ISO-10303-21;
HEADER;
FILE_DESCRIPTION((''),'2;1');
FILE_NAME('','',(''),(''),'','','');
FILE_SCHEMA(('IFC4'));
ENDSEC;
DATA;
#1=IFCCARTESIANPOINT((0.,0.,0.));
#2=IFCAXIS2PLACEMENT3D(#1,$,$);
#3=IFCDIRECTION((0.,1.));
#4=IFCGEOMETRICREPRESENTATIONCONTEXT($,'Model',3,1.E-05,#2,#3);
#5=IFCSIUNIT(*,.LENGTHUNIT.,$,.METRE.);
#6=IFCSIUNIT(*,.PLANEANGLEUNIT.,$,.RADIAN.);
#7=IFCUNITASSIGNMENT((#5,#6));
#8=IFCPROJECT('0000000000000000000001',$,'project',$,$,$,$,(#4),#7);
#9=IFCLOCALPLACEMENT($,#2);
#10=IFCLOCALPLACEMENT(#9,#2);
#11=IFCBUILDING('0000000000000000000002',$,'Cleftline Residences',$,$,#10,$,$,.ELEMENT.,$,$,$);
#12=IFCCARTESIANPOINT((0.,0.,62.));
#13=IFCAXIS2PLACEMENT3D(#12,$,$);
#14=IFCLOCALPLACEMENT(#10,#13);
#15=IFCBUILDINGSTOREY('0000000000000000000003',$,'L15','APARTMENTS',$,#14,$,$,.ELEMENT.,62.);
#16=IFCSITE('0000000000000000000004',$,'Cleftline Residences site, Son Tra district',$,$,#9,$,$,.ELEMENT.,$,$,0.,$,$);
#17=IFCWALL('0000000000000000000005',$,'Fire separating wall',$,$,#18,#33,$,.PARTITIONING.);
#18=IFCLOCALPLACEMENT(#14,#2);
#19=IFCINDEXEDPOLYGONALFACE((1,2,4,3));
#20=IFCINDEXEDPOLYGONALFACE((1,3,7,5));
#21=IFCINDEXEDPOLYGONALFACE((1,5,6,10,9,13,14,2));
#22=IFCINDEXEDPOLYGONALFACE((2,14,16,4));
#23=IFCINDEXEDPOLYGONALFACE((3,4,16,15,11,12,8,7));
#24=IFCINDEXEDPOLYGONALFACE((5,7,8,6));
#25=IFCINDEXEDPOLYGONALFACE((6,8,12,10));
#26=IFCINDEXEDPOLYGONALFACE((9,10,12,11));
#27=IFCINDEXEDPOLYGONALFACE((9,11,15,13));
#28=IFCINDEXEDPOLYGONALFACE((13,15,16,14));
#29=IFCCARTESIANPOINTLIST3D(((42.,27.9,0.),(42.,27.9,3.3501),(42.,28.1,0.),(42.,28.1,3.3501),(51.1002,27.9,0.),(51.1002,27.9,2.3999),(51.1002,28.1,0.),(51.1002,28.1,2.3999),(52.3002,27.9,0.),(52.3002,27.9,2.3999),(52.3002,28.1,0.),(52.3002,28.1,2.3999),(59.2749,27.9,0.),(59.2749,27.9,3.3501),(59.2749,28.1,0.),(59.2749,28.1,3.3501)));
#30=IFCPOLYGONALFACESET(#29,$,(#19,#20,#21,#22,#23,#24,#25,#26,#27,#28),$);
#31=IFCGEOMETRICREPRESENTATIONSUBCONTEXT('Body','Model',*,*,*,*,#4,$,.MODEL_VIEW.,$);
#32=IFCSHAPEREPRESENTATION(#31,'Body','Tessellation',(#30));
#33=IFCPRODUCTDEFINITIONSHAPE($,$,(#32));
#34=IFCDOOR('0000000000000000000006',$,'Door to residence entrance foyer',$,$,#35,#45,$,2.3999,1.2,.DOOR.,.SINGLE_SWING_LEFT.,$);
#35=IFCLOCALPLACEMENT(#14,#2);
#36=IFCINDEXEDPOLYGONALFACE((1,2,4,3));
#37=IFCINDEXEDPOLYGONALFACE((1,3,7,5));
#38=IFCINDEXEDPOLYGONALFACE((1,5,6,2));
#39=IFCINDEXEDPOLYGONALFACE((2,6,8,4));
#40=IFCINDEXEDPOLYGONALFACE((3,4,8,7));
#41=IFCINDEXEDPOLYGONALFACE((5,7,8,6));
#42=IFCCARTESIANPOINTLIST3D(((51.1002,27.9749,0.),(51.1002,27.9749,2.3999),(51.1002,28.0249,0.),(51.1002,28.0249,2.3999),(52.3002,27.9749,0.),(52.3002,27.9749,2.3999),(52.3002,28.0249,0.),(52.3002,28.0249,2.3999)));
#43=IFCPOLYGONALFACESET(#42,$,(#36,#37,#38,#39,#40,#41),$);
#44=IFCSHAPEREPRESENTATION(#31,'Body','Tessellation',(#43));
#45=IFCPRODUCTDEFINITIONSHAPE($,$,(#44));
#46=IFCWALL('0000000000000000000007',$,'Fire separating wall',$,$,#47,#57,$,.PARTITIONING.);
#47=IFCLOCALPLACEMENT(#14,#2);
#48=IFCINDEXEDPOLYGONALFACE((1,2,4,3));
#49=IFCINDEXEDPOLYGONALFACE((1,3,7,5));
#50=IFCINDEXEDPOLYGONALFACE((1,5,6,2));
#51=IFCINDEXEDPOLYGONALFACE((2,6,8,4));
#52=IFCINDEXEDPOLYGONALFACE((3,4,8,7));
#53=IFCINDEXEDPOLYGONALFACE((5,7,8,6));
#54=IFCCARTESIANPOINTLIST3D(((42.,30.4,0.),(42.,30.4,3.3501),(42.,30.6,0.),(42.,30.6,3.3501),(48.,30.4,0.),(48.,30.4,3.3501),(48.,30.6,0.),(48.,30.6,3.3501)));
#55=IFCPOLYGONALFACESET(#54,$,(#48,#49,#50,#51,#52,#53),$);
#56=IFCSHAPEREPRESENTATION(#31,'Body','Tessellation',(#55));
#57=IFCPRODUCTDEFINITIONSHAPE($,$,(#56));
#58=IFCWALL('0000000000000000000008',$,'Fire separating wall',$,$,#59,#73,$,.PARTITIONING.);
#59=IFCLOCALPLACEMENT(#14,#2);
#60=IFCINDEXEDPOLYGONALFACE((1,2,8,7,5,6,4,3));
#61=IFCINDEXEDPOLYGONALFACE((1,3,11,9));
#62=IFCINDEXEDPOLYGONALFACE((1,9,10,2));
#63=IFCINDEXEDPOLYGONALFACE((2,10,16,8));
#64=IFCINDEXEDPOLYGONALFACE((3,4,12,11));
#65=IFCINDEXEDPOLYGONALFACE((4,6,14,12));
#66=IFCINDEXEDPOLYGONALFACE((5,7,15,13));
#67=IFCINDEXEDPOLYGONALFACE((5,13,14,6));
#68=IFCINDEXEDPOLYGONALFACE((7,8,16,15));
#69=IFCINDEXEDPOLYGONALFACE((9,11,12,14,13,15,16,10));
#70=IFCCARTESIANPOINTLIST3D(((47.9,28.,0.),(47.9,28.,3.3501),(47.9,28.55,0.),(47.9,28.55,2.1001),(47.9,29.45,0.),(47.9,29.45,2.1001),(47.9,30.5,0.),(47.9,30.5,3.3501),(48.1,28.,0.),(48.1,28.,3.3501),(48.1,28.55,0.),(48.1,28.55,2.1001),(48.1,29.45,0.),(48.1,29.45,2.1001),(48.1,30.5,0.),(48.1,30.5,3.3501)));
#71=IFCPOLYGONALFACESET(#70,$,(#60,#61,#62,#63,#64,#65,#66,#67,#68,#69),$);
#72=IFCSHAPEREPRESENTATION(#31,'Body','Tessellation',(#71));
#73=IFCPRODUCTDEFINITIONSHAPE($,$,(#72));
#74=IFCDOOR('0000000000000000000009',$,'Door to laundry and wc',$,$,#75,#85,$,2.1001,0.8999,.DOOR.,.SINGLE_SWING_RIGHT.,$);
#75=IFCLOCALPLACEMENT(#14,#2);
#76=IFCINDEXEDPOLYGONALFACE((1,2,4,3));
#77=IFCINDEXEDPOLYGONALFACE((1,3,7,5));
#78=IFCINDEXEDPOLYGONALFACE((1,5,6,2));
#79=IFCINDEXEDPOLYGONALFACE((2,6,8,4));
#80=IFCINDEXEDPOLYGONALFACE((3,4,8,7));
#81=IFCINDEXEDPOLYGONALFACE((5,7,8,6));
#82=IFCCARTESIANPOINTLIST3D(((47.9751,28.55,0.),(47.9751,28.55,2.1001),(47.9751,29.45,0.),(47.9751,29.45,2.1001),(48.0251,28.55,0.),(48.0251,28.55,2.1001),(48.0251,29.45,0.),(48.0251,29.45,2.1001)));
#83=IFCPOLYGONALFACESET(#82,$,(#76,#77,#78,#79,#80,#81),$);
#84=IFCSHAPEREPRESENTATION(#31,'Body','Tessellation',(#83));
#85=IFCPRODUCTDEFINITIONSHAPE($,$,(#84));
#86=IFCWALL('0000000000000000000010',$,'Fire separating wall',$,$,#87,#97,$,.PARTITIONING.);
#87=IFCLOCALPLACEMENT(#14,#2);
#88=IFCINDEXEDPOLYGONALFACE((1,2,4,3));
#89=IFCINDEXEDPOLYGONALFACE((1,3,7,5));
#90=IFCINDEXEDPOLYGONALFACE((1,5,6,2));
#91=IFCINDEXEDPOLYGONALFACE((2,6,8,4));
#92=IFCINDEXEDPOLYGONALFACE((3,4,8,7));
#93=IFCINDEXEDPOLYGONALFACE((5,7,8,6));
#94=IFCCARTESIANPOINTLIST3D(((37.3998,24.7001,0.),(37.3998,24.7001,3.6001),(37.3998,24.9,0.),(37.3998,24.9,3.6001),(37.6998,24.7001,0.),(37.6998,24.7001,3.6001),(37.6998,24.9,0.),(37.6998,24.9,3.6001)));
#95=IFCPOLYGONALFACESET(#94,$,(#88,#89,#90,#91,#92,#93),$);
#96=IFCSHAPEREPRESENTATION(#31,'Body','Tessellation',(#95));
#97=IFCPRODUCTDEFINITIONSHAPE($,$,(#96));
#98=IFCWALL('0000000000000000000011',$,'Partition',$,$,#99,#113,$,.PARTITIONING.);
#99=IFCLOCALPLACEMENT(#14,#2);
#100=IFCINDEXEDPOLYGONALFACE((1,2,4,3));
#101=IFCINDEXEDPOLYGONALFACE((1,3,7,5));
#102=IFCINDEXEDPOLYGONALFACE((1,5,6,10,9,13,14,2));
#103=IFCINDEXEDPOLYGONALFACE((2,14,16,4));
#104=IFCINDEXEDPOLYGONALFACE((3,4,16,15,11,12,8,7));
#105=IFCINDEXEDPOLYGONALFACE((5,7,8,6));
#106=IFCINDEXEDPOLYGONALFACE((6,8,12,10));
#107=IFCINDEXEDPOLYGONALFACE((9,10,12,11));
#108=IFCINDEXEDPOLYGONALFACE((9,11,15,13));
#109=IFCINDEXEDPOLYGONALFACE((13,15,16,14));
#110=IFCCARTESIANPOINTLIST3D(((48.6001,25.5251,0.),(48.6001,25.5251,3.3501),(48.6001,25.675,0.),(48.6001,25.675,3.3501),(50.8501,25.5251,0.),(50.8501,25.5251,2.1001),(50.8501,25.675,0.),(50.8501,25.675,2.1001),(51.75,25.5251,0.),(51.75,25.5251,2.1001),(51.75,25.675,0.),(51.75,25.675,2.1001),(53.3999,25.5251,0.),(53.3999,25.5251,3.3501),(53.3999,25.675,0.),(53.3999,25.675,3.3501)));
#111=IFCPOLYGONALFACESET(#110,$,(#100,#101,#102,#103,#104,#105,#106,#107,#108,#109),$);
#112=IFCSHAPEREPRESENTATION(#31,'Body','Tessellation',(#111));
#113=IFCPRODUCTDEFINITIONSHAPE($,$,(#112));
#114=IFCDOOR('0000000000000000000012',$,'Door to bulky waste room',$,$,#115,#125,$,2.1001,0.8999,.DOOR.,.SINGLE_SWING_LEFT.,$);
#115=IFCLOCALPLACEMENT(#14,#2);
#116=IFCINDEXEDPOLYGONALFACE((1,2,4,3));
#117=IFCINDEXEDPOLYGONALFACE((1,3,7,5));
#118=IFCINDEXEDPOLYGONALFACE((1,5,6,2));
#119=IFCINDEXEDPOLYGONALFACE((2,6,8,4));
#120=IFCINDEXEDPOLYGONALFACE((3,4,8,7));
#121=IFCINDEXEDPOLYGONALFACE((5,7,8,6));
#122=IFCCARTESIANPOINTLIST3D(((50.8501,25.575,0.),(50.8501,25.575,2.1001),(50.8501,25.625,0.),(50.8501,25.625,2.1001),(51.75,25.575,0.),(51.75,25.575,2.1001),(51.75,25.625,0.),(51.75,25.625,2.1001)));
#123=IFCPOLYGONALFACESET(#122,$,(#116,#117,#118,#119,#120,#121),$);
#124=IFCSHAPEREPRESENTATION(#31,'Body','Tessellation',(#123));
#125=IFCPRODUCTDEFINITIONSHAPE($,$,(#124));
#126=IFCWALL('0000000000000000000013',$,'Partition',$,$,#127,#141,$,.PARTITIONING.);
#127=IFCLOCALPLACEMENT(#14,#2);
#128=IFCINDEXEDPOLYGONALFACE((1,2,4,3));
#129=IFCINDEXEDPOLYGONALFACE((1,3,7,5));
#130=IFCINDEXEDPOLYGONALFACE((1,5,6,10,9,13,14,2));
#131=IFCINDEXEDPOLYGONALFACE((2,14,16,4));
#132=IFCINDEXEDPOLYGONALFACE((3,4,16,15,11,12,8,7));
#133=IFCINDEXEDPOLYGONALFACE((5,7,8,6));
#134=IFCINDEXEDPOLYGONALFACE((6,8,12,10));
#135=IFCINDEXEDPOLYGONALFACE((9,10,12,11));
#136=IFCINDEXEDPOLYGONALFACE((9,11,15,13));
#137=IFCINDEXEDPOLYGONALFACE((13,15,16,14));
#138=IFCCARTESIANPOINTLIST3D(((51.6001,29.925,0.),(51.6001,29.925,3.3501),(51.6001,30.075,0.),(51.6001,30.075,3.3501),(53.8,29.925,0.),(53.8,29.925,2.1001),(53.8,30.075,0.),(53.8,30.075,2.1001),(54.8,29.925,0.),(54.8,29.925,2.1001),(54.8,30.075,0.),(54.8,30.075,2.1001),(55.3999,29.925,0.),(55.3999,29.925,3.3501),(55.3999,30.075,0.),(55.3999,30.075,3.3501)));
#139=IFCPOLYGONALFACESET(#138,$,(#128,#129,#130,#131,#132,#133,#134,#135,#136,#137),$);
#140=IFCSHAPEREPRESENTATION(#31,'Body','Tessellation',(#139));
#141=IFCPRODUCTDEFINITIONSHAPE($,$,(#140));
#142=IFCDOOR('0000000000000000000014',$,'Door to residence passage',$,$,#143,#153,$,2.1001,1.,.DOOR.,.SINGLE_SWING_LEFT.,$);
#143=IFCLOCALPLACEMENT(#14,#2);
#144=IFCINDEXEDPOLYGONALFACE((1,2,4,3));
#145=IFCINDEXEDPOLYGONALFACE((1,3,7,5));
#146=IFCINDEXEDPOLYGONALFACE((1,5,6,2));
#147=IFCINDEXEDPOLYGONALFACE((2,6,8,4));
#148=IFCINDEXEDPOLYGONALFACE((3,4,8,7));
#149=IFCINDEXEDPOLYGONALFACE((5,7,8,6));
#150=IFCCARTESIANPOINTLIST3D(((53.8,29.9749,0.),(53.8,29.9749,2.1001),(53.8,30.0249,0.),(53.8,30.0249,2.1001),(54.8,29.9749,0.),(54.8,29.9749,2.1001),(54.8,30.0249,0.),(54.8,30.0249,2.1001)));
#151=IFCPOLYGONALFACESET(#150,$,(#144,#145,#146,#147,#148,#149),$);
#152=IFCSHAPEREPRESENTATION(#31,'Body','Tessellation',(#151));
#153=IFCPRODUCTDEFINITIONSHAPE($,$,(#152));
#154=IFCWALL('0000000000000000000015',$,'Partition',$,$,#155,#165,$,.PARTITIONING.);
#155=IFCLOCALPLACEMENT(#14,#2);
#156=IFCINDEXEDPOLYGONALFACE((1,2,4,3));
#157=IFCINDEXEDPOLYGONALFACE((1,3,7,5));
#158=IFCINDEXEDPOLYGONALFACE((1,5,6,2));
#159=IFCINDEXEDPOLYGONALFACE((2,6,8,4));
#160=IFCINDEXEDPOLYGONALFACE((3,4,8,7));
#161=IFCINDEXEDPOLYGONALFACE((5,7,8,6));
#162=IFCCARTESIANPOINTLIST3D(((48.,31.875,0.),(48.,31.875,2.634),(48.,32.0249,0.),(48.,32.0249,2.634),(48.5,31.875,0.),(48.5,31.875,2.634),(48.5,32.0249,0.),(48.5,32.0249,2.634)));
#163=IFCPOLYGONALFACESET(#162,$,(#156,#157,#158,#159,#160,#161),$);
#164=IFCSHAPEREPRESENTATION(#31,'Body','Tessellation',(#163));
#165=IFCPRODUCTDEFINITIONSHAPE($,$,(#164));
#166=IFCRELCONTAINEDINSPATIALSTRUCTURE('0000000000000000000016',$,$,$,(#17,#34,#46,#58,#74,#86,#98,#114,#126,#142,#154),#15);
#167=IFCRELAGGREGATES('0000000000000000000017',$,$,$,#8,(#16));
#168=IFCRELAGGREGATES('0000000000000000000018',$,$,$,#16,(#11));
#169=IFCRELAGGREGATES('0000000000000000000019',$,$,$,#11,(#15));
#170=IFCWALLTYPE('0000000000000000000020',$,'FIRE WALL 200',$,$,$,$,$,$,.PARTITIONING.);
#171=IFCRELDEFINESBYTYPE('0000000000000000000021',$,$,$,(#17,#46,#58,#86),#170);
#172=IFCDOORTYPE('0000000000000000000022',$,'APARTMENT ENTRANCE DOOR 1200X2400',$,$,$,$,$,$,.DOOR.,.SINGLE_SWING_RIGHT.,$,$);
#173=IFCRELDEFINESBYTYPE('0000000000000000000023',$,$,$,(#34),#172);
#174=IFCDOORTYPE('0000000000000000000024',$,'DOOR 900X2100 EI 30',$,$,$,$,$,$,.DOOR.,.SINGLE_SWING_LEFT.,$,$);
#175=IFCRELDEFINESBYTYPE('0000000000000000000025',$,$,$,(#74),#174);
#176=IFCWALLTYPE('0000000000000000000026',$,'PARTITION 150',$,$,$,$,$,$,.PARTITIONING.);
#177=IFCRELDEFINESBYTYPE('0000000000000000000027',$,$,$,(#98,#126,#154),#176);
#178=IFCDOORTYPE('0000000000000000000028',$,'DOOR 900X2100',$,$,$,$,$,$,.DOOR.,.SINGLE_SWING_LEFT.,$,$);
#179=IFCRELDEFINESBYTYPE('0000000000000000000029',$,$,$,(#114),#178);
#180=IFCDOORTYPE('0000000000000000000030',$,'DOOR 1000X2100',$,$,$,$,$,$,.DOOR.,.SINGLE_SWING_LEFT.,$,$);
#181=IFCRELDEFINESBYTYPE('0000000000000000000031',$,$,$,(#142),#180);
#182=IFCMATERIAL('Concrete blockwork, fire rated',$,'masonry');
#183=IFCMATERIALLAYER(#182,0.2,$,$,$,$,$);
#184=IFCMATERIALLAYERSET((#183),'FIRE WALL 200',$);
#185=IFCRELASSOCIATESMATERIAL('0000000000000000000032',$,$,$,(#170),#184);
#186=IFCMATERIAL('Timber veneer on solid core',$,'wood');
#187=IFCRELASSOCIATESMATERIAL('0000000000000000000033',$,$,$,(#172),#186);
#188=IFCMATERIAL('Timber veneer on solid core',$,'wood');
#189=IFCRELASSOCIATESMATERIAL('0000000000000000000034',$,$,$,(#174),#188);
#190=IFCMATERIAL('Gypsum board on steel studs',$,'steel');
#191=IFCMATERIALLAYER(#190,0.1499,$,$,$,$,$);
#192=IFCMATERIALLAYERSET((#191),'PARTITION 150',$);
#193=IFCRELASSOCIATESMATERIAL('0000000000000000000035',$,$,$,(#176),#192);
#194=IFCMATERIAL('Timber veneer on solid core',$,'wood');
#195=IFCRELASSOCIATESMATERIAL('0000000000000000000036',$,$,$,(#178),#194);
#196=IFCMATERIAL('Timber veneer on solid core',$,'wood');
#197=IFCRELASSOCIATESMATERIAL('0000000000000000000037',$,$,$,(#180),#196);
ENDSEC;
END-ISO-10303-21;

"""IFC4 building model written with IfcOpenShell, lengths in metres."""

from ifc_helpers import new_model, si_unit, direction, frame, frame_2d, origin, place, context, subcontext, project, spatial, rectangle, extrude, material, layer, layer_set, type_object, element, fill, save


model = new_model("IFC4")

# Units and contexts
model_context = context("Model", 3, precision=1e-05, world=origin(), true_north=direction((0.0, 1.0)))
body_context = subcontext(model_context, "Body", "Model", "MODEL_VIEW")
ifc_project = project(units=[si_unit("LENGTHUNIT", "METRE"), si_unit("PLANEANGLEUNIT", "RADIAN")], contexts=[model_context])

# Site, building, storey
site_placement = place(None, origin())
site = spatial("IfcSite", under=ifc_project, at=site_placement, Name="Cleftline Residences site, Son Tra district", CompositionType="ELEMENT", RefElevation=0.0)
building_placement = place(site_placement, origin())
building = spatial("IfcBuilding", under=site, at=building_placement, Name="Cleftline Residences", CompositionType="ELEMENT")
storey_placement = place(building_placement, frame((0.0, 0.0, 62.0)))
storey = spatial("IfcBuildingStorey", under=building, at=storey_placement, Name="L15", Description="APARTMENTS", CompositionType="ELEMENT", Elevation=62.0)

# Wall, opening, door
ifc_material_1 = material(Name="Concrete blockwork, fire rated", Category="masonry")
ifc_layer_1 = layer(ifc_material_1, 0.2)
ifc_layer_set_1 = layer_set([ifc_layer_1], Name="FIRE WALL 200")
wall_type_1 = type_object("IfcWallType", Name="FIRE WALL 200", PredefinedType="PARTITIONING", material=ifc_layer_set_1)
wall_1_placement = place(storey_placement, frame((42.0, 28.0, 0.0), z_axis=(0.0, 0.0, 1.0), x_axis=(1.0, 0.0, 0.0)))
wall_1 = element("IfcWall", 1, at=wall_1_placement, inside=storey, type_object=wall_type_1, Name="Fire separating wall", PredefinedType="PARTITIONING", context=body_context, shape_type="SweptSolid", body=[
    extrude(rectangle(XDim=17.2749, YDim=0.2, at=frame_2d((8.6375, 0.0))), origin(), (0.0, 0.0, 1.0), 3.3501),
])
opening_1_placement = place(wall_1_placement, frame((9.1001, 0.0, 0.0)))
opening_1 = element("IfcOpeningElement", 2, at=opening_1_placement, cuts=wall_1, PredefinedType="OPENING", context=body_context, shape_type="SweptSolid", body=[
    extrude(rectangle(XDim=1.2, YDim=2.3999, at=frame_2d((0.6001, 1.2))), frame((0.0, 0.1099, 0.0), z_axis=(0.0, -1.0, 0.0), x_axis=(1.0, 0.0, 0.0)), (0.0, 0.0, 1.0), 0.22),
])
ifc_material_2 = material(Name="Timber veneer on solid core", Category="wood")
door_type_1 = type_object("IfcDoorType", Name="APARTMENT ENTRANCE DOOR 1200X2400", OperationType="SINGLE_SWING_RIGHT", PredefinedType="DOOR", material=ifc_material_2)
door_1_placement = place(opening_1_placement, origin())
door_1 = element("IfcDoor", 3, at=door_1_placement, inside=storey, type_object=door_type_1, Name="Door to residence entrance foyer", OperationType="SINGLE_SWING_LEFT", OverallHeight=2.3999, OverallWidth=1.2, PredefinedType="DOOR", context=body_context, shape_type="SweptSolid", body=[
    extrude(rectangle(XDim=1.2, YDim=2.3999, at=frame_2d((0.6001, 1.2))), frame((0.0, 0.0249, 0.0), z_axis=(0.0, -1.0, 0.0), x_axis=(1.0, 0.0, 0.0)), (0.0, 0.0, 1.0), 0.05),
])
fill(opening_1, door_1)

# Wall
wall_2_placement = place(storey_placement, frame((42.0, 30.5, 0.0), z_axis=(0.0, 0.0, 1.0), x_axis=(1.0, 0.0, 0.0)))
element("IfcWall", 4, at=wall_2_placement, inside=storey, type_object=wall_type_1, Name="Fire separating wall", PredefinedType="PARTITIONING", context=body_context, shape_type="SweptSolid", body=[
    extrude(rectangle(XDim=6.0, YDim=0.2, at=frame_2d((3.0, 0.0))), origin(), (0.0, 0.0, 1.0), 3.3501),
])

# Wall, opening, door
wall_3_placement = place(storey_placement, frame((48.0, 28.0, 0.0), z_axis=(0.0, 0.0, 1.0), x_axis=(0.0, 1.0, 0.0)))
wall_3 = element("IfcWall", 5, at=wall_3_placement, inside=storey, type_object=wall_type_1, Name="Fire separating wall", PredefinedType="PARTITIONING", context=body_context, shape_type="SweptSolid", body=[
    extrude(rectangle(XDim=2.5, YDim=0.2, at=frame_2d((1.25, 0.0))), origin(), (0.0, 0.0, 1.0), 3.3501),
])
opening_2_placement = place(wall_3_placement, frame((0.55, 0.0, 0.0)))
opening_2 = element("IfcOpeningElement", 6, at=opening_2_placement, cuts=wall_3, PredefinedType="OPENING", context=body_context, shape_type="SweptSolid", body=[
    extrude(rectangle(XDim=0.8999, YDim=2.1001, at=frame_2d((0.45, 1.05))), frame((0.0, 0.1099, 0.0), z_axis=(0.0, -1.0, 0.0), x_axis=(1.0, 0.0, 0.0)), (0.0, 0.0, 1.0), 0.22),
])
ifc_material_3 = material(Name="Timber veneer on solid core", Category="wood")
door_type_2 = type_object("IfcDoorType", Name="DOOR 900X2100 EI 30", OperationType="SINGLE_SWING_LEFT", PredefinedType="DOOR", material=ifc_material_3)
door_2_placement = place(opening_2_placement, origin())
door_2 = element("IfcDoor", 7, at=door_2_placement, inside=storey, type_object=door_type_2, Name="Door to laundry and wc", OperationType="SINGLE_SWING_RIGHT", OverallHeight=2.1001, OverallWidth=0.8999, PredefinedType="DOOR", context=body_context, shape_type="SweptSolid", body=[
    extrude(rectangle(XDim=0.8999, YDim=2.1001, at=frame_2d((0.45, 1.05))), frame((0.0, 0.0249, 0.0), z_axis=(0.0, -1.0, 0.0), x_axis=(1.0, 0.0, 0.0)), (0.0, 0.0, 1.0), 0.05),
])
fill(opening_2, door_2)

# Wall
wall_4_placement = place(storey_placement, frame((37.3999, 24.8, 0.0), z_axis=(0.0, 0.0, 1.0), x_axis=(1.0, 0.0, 0.0)))
element("IfcWall", 8, at=wall_4_placement, inside=storey, type_object=wall_type_1, Name="Fire separating wall", PredefinedType="PARTITIONING", context=body_context, shape_type="SweptSolid", body=[
    extrude(rectangle(XDim=0.3, YDim=0.2, at=frame_2d((0.1499, 0.0))), origin(), (0.0, 0.0, 1.0), 3.6001),
])

# Walls, openings, doors
ifc_material_4 = material(Name="Gypsum board on steel studs", Category="steel")
ifc_layer_2 = layer(ifc_material_4, 0.1499)
ifc_layer_set_2 = layer_set([ifc_layer_2], Name="PARTITION 150")
wall_type_2 = type_object("IfcWallType", Name="PARTITION 150", PredefinedType="PARTITIONING", material=ifc_layer_set_2)
wall_5_placement = place(storey_placement, frame((48.6001, 25.6001, 0.0), z_axis=(0.0, 0.0, 1.0), x_axis=(1.0, 0.0, 0.0)))
wall_5 = element("IfcWall", 9, at=wall_5_placement, inside=storey, type_object=wall_type_2, Name="Partition", PredefinedType="PARTITIONING", context=body_context, shape_type="SweptSolid", body=[
    extrude(rectangle(XDim=4.7998, YDim=0.1499, at=frame_2d((2.3999, 0.0))), origin(), (0.0, 0.0, 1.0), 3.3501),
])
opening_3_placement = place(wall_5_placement, frame((2.25, 0.0, 0.0)))
opening_3 = element("IfcOpeningElement", 10, at=opening_3_placement, cuts=wall_5, PredefinedType="OPENING", context=body_context, shape_type="SweptSolid", body=[
    extrude(rectangle(XDim=0.8999, YDim=2.1001, at=frame_2d((0.45, 1.05))), frame((0.0, 0.085, 0.0), z_axis=(0.0, -1.0, 0.0), x_axis=(1.0, 0.0, 0.0)), (0.0, 0.0, 1.0), 0.1699),
])
ifc_material_5 = material(Name="Timber veneer on solid core", Category="wood")
door_type_3 = type_object("IfcDoorType", Name="DOOR 900X2100", OperationType="SINGLE_SWING_LEFT", PredefinedType="DOOR", material=ifc_material_5)
door_3_placement = place(opening_3_placement, origin())
door_3 = element("IfcDoor", 11, at=door_3_placement, inside=storey, type_object=door_type_3, Name="Door to bulky waste room", OperationType="SINGLE_SWING_LEFT", OverallHeight=2.1001, OverallWidth=0.8999, PredefinedType="DOOR", context=body_context, shape_type="SweptSolid", body=[
    extrude(rectangle(XDim=0.8999, YDim=2.1001, at=frame_2d((0.45, 1.05))), frame((0.0, 0.0249, 0.0), z_axis=(0.0, -1.0, 0.0), x_axis=(1.0, 0.0, 0.0)), (0.0, 0.0, 1.0), 0.05),
])
fill(opening_3, door_3)
wall_6_placement = place(storey_placement, frame((51.6001, 30.0, 0.0), z_axis=(0.0, 0.0, 1.0), x_axis=(1.0, 0.0, 0.0)))
wall_6 = element("IfcWall", 12, at=wall_6_placement, inside=storey, type_object=wall_type_2, Name="Partition", PredefinedType="PARTITIONING", context=body_context, shape_type="SweptSolid", body=[
    extrude(rectangle(XDim=3.7998, YDim=0.1499, at=frame_2d((1.8999, 0.0))), origin(), (0.0, 0.0, 1.0), 3.3501),
])
opening_4_placement = place(wall_6_placement, frame((2.2, 0.0, 0.0)))
opening_4 = element("IfcOpeningElement", 13, at=opening_4_placement, cuts=wall_6, PredefinedType="OPENING", context=body_context, shape_type="SweptSolid", body=[
    extrude(rectangle(XDim=1.0, YDim=2.1001, at=frame_2d((0.5, 1.05))), frame((0.0, 0.085, 0.0), z_axis=(0.0, -1.0, 0.0), x_axis=(1.0, 0.0, 0.0)), (0.0, 0.0, 1.0), 0.1699),
])
ifc_material_6 = material(Name="Timber veneer on solid core", Category="wood")
door_type_4 = type_object("IfcDoorType", Name="DOOR 1000X2100", OperationType="SINGLE_SWING_LEFT", PredefinedType="DOOR", material=ifc_material_6)
door_4_placement = place(opening_4_placement, origin())
door_4 = element("IfcDoor", 14, at=door_4_placement, inside=storey, type_object=door_type_4, Name="Door to residence passage", OperationType="SINGLE_SWING_LEFT", OverallHeight=2.1001, OverallWidth=1.0, PredefinedType="DOOR", context=body_context, shape_type="SweptSolid", body=[
    extrude(rectangle(XDim=1.0, YDim=2.1001, at=frame_2d((0.5, 1.05))), frame((0.0, 0.0249, 0.0), z_axis=(0.0, -1.0, 0.0), x_axis=(1.0, 0.0, 0.0)), (0.0, 0.0, 1.0), 0.05),
])
fill(opening_4, door_4)

# Wall
wall_7_placement = place(storey_placement, frame((48.0, 31.95, 0.0), z_axis=(0.0, 0.0, 1.0), x_axis=(1.0, 0.0, 0.0)))
element("IfcWall", 15, at=wall_7_placement, inside=storey, type_object=wall_type_2, Name="Partition", PredefinedType="PARTITIONING", context=body_context, shape_type="SweptSolid", body=[
    extrude(rectangle(XDim=0.5, YDim=0.1499, at=frame_2d((0.25, 0.0))), origin(), (0.0, 0.0, 1.0), 2.634),
])

save(model, "model.ifc")
